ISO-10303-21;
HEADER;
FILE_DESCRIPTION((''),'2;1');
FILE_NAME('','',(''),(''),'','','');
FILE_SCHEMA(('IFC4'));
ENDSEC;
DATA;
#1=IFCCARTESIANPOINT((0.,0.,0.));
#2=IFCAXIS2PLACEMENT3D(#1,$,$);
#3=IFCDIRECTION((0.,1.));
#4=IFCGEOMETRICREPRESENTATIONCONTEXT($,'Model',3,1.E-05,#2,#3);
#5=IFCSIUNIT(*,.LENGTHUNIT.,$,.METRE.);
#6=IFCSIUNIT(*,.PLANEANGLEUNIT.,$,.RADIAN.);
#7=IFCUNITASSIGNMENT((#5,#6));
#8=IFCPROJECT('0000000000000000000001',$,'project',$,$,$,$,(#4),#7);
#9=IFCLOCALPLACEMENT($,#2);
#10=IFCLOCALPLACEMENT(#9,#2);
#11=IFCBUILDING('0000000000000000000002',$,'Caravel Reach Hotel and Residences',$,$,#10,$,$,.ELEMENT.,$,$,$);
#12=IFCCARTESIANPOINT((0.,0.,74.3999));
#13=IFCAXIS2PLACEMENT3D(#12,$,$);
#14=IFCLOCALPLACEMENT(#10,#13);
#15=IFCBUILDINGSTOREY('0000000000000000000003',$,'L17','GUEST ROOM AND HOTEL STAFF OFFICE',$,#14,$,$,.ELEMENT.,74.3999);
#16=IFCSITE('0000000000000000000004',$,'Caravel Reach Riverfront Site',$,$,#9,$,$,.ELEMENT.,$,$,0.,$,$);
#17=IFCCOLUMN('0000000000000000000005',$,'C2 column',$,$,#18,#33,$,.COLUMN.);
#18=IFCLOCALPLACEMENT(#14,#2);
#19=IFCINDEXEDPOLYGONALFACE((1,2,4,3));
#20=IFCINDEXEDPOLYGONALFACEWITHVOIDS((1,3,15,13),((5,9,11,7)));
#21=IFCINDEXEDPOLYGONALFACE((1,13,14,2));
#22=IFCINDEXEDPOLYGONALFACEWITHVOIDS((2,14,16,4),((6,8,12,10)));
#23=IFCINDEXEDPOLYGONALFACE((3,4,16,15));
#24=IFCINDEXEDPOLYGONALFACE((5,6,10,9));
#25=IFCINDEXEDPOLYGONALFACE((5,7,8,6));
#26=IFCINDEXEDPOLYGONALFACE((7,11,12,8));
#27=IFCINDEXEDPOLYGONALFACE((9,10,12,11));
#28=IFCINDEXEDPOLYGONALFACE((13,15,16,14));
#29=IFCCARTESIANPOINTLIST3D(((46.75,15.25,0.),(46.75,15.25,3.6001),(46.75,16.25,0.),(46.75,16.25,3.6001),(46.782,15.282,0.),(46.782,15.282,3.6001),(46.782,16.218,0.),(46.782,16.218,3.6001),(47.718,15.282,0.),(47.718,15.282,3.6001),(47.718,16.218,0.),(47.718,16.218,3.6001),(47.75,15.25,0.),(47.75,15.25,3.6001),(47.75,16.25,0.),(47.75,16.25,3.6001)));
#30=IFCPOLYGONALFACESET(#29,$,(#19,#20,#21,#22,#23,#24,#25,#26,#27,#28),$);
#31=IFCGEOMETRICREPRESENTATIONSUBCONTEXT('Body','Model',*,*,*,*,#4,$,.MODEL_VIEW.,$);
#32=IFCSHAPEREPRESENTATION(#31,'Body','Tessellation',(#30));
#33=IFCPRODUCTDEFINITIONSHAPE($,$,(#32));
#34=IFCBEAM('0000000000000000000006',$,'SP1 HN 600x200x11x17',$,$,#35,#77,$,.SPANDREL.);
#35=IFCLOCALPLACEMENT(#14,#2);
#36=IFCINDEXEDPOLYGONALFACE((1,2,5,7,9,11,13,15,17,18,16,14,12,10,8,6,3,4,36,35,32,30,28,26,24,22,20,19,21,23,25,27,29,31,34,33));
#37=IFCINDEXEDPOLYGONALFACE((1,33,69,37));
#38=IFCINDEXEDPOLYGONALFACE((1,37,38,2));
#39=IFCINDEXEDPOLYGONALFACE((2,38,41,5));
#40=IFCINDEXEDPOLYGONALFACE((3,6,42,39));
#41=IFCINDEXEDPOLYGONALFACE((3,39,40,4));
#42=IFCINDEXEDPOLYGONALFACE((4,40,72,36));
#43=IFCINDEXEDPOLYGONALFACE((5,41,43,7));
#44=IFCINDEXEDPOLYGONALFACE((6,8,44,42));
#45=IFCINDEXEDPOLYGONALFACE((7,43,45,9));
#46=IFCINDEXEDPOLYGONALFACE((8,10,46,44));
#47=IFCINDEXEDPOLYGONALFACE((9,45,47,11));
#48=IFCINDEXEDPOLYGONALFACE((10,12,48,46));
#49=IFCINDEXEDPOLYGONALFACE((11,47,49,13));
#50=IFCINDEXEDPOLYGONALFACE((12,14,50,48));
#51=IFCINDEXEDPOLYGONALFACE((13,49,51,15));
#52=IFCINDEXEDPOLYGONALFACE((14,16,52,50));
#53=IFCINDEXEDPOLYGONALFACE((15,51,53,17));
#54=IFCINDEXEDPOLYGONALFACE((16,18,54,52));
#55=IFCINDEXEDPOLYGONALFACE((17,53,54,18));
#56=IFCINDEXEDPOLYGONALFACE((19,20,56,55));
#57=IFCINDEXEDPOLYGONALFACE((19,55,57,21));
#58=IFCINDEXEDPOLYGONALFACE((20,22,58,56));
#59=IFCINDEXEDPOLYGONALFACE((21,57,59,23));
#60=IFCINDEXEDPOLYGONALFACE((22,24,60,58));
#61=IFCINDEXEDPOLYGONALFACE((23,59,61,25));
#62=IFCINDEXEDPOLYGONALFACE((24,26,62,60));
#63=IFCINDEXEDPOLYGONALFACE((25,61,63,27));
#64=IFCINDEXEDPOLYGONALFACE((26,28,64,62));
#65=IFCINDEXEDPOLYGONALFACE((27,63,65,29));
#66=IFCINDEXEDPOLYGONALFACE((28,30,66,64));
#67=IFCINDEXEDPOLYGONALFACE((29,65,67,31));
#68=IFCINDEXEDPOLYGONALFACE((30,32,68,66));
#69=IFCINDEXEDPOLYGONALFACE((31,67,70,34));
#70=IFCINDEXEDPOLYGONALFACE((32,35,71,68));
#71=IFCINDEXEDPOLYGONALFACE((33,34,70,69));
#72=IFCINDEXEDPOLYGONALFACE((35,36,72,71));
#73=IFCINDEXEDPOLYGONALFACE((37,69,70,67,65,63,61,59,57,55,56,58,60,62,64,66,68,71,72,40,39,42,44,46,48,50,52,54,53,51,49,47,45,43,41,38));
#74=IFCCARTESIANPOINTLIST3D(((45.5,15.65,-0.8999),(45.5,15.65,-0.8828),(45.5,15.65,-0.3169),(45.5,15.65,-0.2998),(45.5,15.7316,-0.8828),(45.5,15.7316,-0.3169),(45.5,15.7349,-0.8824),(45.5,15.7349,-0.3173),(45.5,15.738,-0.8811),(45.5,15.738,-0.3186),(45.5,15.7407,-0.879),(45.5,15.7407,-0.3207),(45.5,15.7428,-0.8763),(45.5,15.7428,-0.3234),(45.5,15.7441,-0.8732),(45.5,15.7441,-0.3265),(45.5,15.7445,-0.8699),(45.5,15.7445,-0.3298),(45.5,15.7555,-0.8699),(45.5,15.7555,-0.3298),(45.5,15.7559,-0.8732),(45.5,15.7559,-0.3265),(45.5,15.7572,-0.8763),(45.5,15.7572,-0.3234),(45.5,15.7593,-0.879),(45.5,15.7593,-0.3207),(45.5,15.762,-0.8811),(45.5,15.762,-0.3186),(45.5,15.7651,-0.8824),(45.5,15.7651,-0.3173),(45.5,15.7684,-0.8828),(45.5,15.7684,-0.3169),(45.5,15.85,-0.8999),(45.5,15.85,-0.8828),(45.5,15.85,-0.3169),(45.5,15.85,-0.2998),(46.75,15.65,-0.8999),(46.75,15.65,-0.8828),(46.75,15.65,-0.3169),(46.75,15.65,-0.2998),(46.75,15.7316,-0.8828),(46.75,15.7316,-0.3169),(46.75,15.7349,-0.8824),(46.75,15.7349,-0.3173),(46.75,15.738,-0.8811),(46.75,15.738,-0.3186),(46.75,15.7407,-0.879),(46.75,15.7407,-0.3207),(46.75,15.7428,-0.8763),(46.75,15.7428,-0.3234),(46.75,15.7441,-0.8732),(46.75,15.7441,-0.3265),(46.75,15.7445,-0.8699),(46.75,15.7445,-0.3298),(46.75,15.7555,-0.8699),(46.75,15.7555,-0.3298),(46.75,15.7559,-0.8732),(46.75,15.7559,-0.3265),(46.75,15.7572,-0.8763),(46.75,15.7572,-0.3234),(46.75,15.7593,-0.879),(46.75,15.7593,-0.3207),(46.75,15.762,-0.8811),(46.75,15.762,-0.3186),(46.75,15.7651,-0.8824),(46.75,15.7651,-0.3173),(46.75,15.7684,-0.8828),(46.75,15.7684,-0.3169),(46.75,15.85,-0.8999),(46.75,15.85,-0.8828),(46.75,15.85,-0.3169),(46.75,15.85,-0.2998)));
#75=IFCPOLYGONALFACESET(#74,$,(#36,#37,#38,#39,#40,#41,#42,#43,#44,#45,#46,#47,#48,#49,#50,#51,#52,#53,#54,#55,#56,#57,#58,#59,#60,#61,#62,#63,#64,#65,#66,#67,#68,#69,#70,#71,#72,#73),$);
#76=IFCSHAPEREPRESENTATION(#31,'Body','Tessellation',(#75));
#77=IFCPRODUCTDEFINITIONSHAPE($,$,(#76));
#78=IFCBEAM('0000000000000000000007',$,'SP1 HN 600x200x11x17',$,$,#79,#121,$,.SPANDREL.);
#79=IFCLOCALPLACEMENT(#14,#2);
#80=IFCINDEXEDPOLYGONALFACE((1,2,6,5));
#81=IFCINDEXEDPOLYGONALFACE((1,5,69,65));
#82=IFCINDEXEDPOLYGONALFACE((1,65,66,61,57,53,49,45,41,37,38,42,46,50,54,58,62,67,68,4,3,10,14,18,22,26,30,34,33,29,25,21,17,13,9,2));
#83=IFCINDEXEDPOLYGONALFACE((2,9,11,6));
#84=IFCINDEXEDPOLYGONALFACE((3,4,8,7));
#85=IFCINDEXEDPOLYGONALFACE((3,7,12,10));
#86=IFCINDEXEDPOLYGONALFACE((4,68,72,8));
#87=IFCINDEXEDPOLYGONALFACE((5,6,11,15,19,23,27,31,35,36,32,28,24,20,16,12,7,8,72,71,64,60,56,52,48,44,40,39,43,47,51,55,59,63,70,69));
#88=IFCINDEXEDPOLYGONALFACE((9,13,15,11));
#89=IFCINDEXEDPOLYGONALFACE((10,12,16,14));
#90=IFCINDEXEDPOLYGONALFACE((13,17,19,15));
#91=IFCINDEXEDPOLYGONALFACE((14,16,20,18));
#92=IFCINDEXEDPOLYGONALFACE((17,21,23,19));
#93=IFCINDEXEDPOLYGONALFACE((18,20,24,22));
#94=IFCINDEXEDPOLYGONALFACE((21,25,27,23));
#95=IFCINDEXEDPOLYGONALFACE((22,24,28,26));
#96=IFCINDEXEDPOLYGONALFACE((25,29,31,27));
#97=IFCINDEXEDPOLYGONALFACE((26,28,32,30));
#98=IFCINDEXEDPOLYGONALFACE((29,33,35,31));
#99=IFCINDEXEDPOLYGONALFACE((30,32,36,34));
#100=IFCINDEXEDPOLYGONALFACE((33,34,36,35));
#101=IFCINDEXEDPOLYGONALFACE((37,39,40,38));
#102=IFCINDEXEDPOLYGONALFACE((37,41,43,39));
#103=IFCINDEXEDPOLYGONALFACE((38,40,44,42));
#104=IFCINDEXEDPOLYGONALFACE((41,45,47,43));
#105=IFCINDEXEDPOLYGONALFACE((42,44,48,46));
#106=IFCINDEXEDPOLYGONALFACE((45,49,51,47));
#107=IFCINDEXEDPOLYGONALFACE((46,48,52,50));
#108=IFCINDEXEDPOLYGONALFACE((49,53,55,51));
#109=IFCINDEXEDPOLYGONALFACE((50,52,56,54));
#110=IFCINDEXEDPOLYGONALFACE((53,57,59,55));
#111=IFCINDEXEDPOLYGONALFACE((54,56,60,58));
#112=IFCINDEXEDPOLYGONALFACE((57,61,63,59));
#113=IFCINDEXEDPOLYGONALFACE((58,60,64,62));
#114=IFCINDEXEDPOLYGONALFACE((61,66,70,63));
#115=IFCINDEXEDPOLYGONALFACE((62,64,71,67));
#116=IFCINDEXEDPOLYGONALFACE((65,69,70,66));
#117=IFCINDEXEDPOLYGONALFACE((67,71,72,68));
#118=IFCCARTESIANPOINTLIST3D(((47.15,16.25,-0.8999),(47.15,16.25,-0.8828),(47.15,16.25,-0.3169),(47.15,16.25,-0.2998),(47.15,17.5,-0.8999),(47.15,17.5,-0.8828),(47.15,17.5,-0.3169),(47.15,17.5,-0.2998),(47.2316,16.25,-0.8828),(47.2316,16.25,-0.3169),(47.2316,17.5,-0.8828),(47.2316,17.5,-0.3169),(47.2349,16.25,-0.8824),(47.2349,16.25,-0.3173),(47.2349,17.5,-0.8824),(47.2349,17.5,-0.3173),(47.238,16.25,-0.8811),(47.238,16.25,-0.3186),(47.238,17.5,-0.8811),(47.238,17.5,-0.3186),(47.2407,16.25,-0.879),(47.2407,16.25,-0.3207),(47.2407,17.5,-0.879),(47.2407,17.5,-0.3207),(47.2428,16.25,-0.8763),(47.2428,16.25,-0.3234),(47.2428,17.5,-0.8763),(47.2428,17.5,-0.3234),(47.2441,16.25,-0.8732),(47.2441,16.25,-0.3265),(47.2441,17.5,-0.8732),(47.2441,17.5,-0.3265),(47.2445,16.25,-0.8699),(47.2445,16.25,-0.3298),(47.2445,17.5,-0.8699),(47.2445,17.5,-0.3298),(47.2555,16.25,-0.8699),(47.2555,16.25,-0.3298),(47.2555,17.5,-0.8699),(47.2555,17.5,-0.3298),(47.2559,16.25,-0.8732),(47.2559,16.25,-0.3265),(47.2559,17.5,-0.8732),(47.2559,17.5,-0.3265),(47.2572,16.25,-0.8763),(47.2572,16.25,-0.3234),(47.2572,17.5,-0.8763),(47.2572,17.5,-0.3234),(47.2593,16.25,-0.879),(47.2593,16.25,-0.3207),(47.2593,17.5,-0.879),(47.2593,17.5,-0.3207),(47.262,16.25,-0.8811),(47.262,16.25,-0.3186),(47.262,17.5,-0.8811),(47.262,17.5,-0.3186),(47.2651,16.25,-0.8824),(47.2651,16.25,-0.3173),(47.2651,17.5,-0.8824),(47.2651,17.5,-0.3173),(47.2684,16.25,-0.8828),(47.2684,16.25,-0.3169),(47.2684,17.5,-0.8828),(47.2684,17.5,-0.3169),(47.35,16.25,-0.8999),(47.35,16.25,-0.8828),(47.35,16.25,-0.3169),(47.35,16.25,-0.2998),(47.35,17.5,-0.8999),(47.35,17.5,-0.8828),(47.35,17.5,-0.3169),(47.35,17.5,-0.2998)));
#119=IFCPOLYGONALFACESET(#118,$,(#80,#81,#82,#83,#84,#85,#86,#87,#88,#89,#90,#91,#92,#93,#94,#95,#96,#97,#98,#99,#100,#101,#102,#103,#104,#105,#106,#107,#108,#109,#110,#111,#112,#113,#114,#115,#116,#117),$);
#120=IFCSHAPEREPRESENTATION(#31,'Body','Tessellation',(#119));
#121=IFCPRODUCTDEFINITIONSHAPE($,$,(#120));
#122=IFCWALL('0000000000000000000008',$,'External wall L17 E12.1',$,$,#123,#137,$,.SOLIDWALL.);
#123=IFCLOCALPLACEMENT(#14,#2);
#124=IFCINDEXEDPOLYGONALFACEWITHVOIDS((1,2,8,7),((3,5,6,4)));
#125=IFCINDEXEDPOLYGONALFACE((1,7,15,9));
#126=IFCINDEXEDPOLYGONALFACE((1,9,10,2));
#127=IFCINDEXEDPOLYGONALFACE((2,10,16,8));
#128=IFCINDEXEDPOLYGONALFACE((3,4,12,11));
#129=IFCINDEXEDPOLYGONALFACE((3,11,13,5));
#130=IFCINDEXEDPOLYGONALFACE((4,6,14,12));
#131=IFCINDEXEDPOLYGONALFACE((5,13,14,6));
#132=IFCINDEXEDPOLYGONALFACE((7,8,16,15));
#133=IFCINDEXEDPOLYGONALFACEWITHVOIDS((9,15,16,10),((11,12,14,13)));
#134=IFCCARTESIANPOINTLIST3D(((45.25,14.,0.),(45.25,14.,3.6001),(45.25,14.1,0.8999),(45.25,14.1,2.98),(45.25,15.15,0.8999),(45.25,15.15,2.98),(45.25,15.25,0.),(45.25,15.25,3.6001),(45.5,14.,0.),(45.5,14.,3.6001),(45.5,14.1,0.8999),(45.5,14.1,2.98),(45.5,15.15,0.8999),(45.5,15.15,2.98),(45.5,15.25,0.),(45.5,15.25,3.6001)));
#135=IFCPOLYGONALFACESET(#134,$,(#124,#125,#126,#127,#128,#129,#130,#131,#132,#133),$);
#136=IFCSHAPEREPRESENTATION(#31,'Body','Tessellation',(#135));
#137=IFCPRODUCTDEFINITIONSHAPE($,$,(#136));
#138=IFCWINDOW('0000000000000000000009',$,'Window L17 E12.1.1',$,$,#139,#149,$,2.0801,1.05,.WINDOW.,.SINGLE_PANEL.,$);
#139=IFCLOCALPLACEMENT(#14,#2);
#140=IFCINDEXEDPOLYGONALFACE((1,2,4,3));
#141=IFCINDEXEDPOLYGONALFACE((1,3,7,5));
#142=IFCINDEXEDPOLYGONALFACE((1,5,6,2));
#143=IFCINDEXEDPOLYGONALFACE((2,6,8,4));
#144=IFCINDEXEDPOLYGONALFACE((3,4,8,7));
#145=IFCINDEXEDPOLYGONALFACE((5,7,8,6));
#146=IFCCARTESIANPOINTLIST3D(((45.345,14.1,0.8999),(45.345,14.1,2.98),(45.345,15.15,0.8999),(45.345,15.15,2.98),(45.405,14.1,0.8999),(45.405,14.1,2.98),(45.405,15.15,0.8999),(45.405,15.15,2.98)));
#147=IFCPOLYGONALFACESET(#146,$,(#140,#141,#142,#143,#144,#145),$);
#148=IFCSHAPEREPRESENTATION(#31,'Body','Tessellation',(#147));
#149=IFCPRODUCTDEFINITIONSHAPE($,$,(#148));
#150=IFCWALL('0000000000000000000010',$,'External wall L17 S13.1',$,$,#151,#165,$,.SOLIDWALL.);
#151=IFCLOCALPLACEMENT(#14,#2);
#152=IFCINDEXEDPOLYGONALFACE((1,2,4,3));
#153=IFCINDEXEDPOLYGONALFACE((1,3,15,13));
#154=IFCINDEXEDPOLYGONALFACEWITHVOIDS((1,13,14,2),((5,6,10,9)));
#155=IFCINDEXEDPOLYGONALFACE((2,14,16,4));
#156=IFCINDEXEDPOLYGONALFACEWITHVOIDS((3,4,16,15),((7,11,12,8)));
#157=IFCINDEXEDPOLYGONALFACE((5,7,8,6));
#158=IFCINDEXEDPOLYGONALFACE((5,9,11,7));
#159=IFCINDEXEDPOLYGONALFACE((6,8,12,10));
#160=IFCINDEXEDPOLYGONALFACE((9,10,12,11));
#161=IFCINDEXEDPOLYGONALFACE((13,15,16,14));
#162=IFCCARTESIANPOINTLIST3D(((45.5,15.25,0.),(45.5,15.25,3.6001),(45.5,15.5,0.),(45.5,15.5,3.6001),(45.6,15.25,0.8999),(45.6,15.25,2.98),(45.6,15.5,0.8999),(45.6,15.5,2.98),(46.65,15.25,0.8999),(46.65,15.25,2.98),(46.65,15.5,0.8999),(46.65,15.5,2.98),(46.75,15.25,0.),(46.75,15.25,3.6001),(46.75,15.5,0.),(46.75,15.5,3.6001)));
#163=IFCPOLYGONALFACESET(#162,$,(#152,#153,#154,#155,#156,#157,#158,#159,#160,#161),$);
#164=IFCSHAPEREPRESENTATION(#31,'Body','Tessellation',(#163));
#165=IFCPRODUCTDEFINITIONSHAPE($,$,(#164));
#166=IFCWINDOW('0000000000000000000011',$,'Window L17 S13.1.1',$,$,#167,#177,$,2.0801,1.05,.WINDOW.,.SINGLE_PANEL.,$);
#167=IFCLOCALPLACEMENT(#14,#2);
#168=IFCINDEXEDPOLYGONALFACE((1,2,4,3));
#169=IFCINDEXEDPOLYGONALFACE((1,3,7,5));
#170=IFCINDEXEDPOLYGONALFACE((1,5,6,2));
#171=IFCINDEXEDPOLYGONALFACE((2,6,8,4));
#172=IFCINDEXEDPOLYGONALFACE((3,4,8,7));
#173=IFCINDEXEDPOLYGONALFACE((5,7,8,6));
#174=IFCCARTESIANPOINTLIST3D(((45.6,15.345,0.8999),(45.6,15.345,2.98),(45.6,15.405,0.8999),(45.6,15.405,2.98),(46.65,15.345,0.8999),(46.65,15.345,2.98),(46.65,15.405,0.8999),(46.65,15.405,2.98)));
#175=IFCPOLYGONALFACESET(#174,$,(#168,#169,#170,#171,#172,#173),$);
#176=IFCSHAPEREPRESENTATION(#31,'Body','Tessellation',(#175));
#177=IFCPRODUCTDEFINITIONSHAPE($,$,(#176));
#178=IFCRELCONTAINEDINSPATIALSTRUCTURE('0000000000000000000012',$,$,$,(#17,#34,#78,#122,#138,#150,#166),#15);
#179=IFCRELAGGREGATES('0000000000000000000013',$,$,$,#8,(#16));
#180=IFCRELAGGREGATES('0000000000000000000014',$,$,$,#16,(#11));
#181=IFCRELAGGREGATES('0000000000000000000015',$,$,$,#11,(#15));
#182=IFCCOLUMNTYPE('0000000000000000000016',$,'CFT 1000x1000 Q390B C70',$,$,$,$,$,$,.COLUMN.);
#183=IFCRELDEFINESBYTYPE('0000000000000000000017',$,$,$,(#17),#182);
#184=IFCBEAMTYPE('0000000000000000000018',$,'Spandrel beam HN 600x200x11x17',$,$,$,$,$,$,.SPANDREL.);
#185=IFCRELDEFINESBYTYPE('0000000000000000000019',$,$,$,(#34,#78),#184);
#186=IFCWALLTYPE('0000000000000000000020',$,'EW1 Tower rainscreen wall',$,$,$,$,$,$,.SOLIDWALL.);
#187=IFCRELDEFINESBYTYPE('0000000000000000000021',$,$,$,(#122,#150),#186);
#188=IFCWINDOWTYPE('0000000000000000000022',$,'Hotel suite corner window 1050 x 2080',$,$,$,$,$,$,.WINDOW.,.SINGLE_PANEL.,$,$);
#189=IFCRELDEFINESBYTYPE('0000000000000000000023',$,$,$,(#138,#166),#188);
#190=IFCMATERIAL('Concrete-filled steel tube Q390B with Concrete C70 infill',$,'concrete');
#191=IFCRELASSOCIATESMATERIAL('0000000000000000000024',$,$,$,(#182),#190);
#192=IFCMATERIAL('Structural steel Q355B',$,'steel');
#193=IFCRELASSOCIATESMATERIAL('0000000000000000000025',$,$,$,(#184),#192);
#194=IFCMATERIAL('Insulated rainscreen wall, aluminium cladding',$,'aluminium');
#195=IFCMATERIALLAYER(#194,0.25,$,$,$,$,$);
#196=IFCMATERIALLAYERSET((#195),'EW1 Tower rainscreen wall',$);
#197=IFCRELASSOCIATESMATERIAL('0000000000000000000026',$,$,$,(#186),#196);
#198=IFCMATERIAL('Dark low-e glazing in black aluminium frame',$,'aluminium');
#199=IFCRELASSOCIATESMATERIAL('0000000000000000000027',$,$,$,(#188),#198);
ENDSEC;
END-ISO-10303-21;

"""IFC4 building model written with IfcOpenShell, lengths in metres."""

from ifc_helpers import new_model, si_unit, direction, frame, frame_2d, origin, origin_2d, place, context, subcontext, project, spatial, rectangle, hollow_rectangle, i_section, extrude, material, layer, layer_set, material_profile, profile_set, type_object, element, fill, save


model = new_model("IFC4")

# Units and contexts
model_context = context("Model", 3, precision=1e-05, world=origin(), true_north=direction((0.0, 1.0)))
body_context = subcontext(model_context, "Body", "Model", "MODEL_VIEW")
ifc_project = project(units=[si_unit("LENGTHUNIT", "METRE"), si_unit("PLANEANGLEUNIT", "RADIAN")], contexts=[model_context])

# Site, building, storey
site_placement = place(None, origin())
site = spatial("IfcSite", under=ifc_project, at=site_placement, Name="Caravel Reach Riverfront Site", CompositionType="ELEMENT", RefElevation=0.0)
building_placement = place(site_placement, origin())
building = spatial("IfcBuilding", under=site, at=building_placement, Name="Caravel Reach Hotel and Residences", CompositionType="ELEMENT")
storey_placement = place(building_placement, frame((0.0, 0.0, 74.3999)))
storey = spatial("IfcBuildingStorey", under=building, at=storey_placement, Name="L17", Description="GUEST ROOM AND HOTEL STAFF OFFICE", CompositionType="ELEMENT", Elevation=74.3999)

# Column
ifc_material_1 = material(Name="Concrete-filled steel tube Q390B with Concrete C70 infill", Category="concrete")
ifc_material_profile_1 = material_profile(ifc_material_1, hollow_rectangle(XDim=1.0, YDim=1.0, WallThickness=0.032, at=origin_2d()), Name="RHS 1000x1000x32")
ifc_profile_set_1 = profile_set([ifc_material_profile_1], Name="Concrete-filled steel tube Q390B with Concrete C70 infill")
column_type = type_object("IfcColumnType", Name="CFT 1000x1000 Q390B C70", PredefinedType="COLUMN", material=ifc_profile_set_1)
column_placement = place(storey_placement, frame((47.25, 15.75, 0.0), z_axis=(0.0, 0.0, 1.0), x_axis=(1.0, 0.0, 0.0)))
element("IfcColumn", 1, at=column_placement, inside=storey, type_object=column_type, Name="C2 column", PredefinedType="COLUMN", context=body_context, shape_type="SweptSolid", body=[
    extrude(hollow_rectangle(XDim=1.0, YDim=1.0, WallThickness=0.032, at=origin_2d()), origin(), (0.0, 0.0, 1.0), 3.6001),
])

# Beams
ifc_material_2 = material(Name="Structural steel Q355B", Category="steel")
ifc_material_profile_2 = material_profile(ifc_material_2, i_section(OverallWidth=0.2, OverallDepth=0.6001, WebThickness=0.011, FlangeThickness=0.0171, FilletRadius=0.0129, at=origin_2d()), Name="HN 600x200x11x17")
ifc_profile_set_2 = profile_set([ifc_material_profile_2], Name="Structural steel Q355B")
beam_type = type_object("IfcBeamType", Name="Spandrel beam HN 600x200x11x17", PredefinedType="SPANDREL", material=ifc_profile_set_2)
for number, where, z_axis, x_axis, name in (
    (2, (45.5, 15.75, -0.5999), (1.0, 0.0, 0.0), (0.0, 1.0, 0.0), "SP1 HN 600x200x11x17"),
    (3, (47.25, 16.25, -0.5999), (0.0, 1.0, 0.0), (-1.0, 0.0, 0.0), "SP1 HN 600x200x11x17"),
):
    element("IfcBeam", number, at=place(storey_placement, frame(where, z_axis=z_axis, x_axis=x_axis)), inside=storey, type_object=beam_type, Name=name, PredefinedType="SPANDREL", context=body_context, shape_type="SweptSolid", body=[
        extrude(i_section(OverallWidth=0.2, OverallDepth=0.6001, WebThickness=0.011, FlangeThickness=0.0171, FilletRadius=0.0129, at=origin_2d()), origin(), (0.0, 0.0, 1.0), 1.25),
    ])

# Walls, openings, windows
ifc_material_3 = material(Name="Insulated rainscreen wall, aluminium cladding", Category="aluminium")
ifc_layer_1 = layer(ifc_material_3, 0.25)
ifc_layer_set_1 = layer_set([ifc_layer_1], Name="EW1 Tower rainscreen wall")
wall_type_1 = type_object("IfcWallType", Name="EW1 Tower rainscreen wall", PredefinedType="SOLIDWALL", material=ifc_layer_set_1)
wall_1_placement = place(storey_placement, frame((45.375, 14.0, 0.0), z_axis=(0.0, 0.0, 1.0), x_axis=(0.0, 1.0, 0.0)))
wall_1 = element("IfcWall", 4, at=wall_1_placement, inside=storey, type_object=wall_type_1, Name="External wall L17 E12.1", PredefinedType="SOLIDWALL", context=body_context, shape_type="SweptSolid", body=[
    extrude(rectangle(XDim=1.25, YDim=0.25, at=frame_2d((0.625, 0.0))), origin(), (0.0, 0.0, 1.0), 3.6001),
])
opening_1_placement = place(wall_1_placement, frame((0.1001, 0.0, 0.8999)))
opening_1 = element("IfcOpeningElement", 5, at=opening_1_placement, cuts=wall_1, PredefinedType="OPENING", context=body_context, shape_type="SweptSolid", body=[
    extrude(rectangle(XDim=1.05, YDim=2.0801, at=frame_2d((0.5249, 1.04))), frame((0.0, 0.135, 0.0), z_axis=(0.0, -1.0, 0.0), x_axis=(1.0, 0.0, 0.0)), (0.0, 0.0, 1.0), 0.27),
])
ifc_material_4 = material(Name="Dark low-e glazing in black aluminium frame", Category="aluminium")
window_type = type_object("IfcWindowType", Name="Hotel suite corner window 1050 x 2080", PartitioningType="SINGLE_PANEL", PredefinedType="WINDOW", material=ifc_material_4)
window_1_placement = place(opening_1_placement, origin())
window_1 = element("IfcWindow", 6, at=window_1_placement, inside=storey, type_object=window_type, Name="Window L17 E12.1.1", OverallHeight=2.0801, OverallWidth=1.05, PartitioningType="SINGLE_PANEL", PredefinedType="WINDOW", context=body_context, shape_type="SweptSolid", body=[
    extrude(rectangle(XDim=1.05, YDim=2.0801, at=frame_2d((0.5249, 1.04))), frame((0.0, 0.03, 0.0), z_axis=(0.0, -1.0, 0.0), x_axis=(1.0, 0.0, 0.0)), (0.0, 0.0, 1.0), 0.0601),
])
fill(opening_1, window_1)
wall_2_placement = place(storey_placement, frame((45.5, 15.375, 0.0), z_axis=(0.0, 0.0, 1.0), x_axis=(1.0, 0.0, 0.0)))
wall_2 = element("IfcWall", 7, at=wall_2_placement, inside=storey, type_object=wall_type_1, Name="External wall L17 S13.1", PredefinedType="SOLIDWALL", context=body_context, shape_type="SweptSolid", body=[
    extrude(rectangle(XDim=1.25, YDim=0.25, at=frame_2d((0.625, 0.0))), origin(), (0.0, 0.0, 1.0), 3.6001),
])
opening_2_placement = place(wall_2_placement, frame((0.1001, 0.0, 0.8999)))
opening_2 = element("IfcOpeningElement", 8, at=opening_2_placement, cuts=wall_2, PredefinedType="OPENING", context=body_context, shape_type="SweptSolid", body=[
    extrude(rectangle(XDim=1.05, YDim=2.0801, at=frame_2d((0.5249, 1.04))), frame((0.0, 0.135, 0.0), z_axis=(0.0, -1.0, 0.0), x_axis=(1.0, 0.0, 0.0)), (0.0, 0.0, 1.0), 0.27),
])
window_2_placement = place(opening_2_placement, origin())
window_2 = element("IfcWindow", 9, at=window_2_placement, inside=storey, type_object=window_type, Name="Window L17 S13.1.1", OverallHeight=2.0801, OverallWidth=1.05, PartitioningType="SINGLE_PANEL", PredefinedType="WINDOW", context=body_context, shape_type="SweptSolid", body=[
    extrude(rectangle(XDim=1.05, YDim=2.0801, at=frame_2d((0.5249, 1.04))), frame((0.0, 0.03, 0.0), z_axis=(0.0, -1.0, 0.0), x_axis=(1.0, 0.0, 0.0)), (0.0, 0.0, 1.0), 0.0601),
])
fill(opening_2, window_2)

save(model, "model.ifc")
